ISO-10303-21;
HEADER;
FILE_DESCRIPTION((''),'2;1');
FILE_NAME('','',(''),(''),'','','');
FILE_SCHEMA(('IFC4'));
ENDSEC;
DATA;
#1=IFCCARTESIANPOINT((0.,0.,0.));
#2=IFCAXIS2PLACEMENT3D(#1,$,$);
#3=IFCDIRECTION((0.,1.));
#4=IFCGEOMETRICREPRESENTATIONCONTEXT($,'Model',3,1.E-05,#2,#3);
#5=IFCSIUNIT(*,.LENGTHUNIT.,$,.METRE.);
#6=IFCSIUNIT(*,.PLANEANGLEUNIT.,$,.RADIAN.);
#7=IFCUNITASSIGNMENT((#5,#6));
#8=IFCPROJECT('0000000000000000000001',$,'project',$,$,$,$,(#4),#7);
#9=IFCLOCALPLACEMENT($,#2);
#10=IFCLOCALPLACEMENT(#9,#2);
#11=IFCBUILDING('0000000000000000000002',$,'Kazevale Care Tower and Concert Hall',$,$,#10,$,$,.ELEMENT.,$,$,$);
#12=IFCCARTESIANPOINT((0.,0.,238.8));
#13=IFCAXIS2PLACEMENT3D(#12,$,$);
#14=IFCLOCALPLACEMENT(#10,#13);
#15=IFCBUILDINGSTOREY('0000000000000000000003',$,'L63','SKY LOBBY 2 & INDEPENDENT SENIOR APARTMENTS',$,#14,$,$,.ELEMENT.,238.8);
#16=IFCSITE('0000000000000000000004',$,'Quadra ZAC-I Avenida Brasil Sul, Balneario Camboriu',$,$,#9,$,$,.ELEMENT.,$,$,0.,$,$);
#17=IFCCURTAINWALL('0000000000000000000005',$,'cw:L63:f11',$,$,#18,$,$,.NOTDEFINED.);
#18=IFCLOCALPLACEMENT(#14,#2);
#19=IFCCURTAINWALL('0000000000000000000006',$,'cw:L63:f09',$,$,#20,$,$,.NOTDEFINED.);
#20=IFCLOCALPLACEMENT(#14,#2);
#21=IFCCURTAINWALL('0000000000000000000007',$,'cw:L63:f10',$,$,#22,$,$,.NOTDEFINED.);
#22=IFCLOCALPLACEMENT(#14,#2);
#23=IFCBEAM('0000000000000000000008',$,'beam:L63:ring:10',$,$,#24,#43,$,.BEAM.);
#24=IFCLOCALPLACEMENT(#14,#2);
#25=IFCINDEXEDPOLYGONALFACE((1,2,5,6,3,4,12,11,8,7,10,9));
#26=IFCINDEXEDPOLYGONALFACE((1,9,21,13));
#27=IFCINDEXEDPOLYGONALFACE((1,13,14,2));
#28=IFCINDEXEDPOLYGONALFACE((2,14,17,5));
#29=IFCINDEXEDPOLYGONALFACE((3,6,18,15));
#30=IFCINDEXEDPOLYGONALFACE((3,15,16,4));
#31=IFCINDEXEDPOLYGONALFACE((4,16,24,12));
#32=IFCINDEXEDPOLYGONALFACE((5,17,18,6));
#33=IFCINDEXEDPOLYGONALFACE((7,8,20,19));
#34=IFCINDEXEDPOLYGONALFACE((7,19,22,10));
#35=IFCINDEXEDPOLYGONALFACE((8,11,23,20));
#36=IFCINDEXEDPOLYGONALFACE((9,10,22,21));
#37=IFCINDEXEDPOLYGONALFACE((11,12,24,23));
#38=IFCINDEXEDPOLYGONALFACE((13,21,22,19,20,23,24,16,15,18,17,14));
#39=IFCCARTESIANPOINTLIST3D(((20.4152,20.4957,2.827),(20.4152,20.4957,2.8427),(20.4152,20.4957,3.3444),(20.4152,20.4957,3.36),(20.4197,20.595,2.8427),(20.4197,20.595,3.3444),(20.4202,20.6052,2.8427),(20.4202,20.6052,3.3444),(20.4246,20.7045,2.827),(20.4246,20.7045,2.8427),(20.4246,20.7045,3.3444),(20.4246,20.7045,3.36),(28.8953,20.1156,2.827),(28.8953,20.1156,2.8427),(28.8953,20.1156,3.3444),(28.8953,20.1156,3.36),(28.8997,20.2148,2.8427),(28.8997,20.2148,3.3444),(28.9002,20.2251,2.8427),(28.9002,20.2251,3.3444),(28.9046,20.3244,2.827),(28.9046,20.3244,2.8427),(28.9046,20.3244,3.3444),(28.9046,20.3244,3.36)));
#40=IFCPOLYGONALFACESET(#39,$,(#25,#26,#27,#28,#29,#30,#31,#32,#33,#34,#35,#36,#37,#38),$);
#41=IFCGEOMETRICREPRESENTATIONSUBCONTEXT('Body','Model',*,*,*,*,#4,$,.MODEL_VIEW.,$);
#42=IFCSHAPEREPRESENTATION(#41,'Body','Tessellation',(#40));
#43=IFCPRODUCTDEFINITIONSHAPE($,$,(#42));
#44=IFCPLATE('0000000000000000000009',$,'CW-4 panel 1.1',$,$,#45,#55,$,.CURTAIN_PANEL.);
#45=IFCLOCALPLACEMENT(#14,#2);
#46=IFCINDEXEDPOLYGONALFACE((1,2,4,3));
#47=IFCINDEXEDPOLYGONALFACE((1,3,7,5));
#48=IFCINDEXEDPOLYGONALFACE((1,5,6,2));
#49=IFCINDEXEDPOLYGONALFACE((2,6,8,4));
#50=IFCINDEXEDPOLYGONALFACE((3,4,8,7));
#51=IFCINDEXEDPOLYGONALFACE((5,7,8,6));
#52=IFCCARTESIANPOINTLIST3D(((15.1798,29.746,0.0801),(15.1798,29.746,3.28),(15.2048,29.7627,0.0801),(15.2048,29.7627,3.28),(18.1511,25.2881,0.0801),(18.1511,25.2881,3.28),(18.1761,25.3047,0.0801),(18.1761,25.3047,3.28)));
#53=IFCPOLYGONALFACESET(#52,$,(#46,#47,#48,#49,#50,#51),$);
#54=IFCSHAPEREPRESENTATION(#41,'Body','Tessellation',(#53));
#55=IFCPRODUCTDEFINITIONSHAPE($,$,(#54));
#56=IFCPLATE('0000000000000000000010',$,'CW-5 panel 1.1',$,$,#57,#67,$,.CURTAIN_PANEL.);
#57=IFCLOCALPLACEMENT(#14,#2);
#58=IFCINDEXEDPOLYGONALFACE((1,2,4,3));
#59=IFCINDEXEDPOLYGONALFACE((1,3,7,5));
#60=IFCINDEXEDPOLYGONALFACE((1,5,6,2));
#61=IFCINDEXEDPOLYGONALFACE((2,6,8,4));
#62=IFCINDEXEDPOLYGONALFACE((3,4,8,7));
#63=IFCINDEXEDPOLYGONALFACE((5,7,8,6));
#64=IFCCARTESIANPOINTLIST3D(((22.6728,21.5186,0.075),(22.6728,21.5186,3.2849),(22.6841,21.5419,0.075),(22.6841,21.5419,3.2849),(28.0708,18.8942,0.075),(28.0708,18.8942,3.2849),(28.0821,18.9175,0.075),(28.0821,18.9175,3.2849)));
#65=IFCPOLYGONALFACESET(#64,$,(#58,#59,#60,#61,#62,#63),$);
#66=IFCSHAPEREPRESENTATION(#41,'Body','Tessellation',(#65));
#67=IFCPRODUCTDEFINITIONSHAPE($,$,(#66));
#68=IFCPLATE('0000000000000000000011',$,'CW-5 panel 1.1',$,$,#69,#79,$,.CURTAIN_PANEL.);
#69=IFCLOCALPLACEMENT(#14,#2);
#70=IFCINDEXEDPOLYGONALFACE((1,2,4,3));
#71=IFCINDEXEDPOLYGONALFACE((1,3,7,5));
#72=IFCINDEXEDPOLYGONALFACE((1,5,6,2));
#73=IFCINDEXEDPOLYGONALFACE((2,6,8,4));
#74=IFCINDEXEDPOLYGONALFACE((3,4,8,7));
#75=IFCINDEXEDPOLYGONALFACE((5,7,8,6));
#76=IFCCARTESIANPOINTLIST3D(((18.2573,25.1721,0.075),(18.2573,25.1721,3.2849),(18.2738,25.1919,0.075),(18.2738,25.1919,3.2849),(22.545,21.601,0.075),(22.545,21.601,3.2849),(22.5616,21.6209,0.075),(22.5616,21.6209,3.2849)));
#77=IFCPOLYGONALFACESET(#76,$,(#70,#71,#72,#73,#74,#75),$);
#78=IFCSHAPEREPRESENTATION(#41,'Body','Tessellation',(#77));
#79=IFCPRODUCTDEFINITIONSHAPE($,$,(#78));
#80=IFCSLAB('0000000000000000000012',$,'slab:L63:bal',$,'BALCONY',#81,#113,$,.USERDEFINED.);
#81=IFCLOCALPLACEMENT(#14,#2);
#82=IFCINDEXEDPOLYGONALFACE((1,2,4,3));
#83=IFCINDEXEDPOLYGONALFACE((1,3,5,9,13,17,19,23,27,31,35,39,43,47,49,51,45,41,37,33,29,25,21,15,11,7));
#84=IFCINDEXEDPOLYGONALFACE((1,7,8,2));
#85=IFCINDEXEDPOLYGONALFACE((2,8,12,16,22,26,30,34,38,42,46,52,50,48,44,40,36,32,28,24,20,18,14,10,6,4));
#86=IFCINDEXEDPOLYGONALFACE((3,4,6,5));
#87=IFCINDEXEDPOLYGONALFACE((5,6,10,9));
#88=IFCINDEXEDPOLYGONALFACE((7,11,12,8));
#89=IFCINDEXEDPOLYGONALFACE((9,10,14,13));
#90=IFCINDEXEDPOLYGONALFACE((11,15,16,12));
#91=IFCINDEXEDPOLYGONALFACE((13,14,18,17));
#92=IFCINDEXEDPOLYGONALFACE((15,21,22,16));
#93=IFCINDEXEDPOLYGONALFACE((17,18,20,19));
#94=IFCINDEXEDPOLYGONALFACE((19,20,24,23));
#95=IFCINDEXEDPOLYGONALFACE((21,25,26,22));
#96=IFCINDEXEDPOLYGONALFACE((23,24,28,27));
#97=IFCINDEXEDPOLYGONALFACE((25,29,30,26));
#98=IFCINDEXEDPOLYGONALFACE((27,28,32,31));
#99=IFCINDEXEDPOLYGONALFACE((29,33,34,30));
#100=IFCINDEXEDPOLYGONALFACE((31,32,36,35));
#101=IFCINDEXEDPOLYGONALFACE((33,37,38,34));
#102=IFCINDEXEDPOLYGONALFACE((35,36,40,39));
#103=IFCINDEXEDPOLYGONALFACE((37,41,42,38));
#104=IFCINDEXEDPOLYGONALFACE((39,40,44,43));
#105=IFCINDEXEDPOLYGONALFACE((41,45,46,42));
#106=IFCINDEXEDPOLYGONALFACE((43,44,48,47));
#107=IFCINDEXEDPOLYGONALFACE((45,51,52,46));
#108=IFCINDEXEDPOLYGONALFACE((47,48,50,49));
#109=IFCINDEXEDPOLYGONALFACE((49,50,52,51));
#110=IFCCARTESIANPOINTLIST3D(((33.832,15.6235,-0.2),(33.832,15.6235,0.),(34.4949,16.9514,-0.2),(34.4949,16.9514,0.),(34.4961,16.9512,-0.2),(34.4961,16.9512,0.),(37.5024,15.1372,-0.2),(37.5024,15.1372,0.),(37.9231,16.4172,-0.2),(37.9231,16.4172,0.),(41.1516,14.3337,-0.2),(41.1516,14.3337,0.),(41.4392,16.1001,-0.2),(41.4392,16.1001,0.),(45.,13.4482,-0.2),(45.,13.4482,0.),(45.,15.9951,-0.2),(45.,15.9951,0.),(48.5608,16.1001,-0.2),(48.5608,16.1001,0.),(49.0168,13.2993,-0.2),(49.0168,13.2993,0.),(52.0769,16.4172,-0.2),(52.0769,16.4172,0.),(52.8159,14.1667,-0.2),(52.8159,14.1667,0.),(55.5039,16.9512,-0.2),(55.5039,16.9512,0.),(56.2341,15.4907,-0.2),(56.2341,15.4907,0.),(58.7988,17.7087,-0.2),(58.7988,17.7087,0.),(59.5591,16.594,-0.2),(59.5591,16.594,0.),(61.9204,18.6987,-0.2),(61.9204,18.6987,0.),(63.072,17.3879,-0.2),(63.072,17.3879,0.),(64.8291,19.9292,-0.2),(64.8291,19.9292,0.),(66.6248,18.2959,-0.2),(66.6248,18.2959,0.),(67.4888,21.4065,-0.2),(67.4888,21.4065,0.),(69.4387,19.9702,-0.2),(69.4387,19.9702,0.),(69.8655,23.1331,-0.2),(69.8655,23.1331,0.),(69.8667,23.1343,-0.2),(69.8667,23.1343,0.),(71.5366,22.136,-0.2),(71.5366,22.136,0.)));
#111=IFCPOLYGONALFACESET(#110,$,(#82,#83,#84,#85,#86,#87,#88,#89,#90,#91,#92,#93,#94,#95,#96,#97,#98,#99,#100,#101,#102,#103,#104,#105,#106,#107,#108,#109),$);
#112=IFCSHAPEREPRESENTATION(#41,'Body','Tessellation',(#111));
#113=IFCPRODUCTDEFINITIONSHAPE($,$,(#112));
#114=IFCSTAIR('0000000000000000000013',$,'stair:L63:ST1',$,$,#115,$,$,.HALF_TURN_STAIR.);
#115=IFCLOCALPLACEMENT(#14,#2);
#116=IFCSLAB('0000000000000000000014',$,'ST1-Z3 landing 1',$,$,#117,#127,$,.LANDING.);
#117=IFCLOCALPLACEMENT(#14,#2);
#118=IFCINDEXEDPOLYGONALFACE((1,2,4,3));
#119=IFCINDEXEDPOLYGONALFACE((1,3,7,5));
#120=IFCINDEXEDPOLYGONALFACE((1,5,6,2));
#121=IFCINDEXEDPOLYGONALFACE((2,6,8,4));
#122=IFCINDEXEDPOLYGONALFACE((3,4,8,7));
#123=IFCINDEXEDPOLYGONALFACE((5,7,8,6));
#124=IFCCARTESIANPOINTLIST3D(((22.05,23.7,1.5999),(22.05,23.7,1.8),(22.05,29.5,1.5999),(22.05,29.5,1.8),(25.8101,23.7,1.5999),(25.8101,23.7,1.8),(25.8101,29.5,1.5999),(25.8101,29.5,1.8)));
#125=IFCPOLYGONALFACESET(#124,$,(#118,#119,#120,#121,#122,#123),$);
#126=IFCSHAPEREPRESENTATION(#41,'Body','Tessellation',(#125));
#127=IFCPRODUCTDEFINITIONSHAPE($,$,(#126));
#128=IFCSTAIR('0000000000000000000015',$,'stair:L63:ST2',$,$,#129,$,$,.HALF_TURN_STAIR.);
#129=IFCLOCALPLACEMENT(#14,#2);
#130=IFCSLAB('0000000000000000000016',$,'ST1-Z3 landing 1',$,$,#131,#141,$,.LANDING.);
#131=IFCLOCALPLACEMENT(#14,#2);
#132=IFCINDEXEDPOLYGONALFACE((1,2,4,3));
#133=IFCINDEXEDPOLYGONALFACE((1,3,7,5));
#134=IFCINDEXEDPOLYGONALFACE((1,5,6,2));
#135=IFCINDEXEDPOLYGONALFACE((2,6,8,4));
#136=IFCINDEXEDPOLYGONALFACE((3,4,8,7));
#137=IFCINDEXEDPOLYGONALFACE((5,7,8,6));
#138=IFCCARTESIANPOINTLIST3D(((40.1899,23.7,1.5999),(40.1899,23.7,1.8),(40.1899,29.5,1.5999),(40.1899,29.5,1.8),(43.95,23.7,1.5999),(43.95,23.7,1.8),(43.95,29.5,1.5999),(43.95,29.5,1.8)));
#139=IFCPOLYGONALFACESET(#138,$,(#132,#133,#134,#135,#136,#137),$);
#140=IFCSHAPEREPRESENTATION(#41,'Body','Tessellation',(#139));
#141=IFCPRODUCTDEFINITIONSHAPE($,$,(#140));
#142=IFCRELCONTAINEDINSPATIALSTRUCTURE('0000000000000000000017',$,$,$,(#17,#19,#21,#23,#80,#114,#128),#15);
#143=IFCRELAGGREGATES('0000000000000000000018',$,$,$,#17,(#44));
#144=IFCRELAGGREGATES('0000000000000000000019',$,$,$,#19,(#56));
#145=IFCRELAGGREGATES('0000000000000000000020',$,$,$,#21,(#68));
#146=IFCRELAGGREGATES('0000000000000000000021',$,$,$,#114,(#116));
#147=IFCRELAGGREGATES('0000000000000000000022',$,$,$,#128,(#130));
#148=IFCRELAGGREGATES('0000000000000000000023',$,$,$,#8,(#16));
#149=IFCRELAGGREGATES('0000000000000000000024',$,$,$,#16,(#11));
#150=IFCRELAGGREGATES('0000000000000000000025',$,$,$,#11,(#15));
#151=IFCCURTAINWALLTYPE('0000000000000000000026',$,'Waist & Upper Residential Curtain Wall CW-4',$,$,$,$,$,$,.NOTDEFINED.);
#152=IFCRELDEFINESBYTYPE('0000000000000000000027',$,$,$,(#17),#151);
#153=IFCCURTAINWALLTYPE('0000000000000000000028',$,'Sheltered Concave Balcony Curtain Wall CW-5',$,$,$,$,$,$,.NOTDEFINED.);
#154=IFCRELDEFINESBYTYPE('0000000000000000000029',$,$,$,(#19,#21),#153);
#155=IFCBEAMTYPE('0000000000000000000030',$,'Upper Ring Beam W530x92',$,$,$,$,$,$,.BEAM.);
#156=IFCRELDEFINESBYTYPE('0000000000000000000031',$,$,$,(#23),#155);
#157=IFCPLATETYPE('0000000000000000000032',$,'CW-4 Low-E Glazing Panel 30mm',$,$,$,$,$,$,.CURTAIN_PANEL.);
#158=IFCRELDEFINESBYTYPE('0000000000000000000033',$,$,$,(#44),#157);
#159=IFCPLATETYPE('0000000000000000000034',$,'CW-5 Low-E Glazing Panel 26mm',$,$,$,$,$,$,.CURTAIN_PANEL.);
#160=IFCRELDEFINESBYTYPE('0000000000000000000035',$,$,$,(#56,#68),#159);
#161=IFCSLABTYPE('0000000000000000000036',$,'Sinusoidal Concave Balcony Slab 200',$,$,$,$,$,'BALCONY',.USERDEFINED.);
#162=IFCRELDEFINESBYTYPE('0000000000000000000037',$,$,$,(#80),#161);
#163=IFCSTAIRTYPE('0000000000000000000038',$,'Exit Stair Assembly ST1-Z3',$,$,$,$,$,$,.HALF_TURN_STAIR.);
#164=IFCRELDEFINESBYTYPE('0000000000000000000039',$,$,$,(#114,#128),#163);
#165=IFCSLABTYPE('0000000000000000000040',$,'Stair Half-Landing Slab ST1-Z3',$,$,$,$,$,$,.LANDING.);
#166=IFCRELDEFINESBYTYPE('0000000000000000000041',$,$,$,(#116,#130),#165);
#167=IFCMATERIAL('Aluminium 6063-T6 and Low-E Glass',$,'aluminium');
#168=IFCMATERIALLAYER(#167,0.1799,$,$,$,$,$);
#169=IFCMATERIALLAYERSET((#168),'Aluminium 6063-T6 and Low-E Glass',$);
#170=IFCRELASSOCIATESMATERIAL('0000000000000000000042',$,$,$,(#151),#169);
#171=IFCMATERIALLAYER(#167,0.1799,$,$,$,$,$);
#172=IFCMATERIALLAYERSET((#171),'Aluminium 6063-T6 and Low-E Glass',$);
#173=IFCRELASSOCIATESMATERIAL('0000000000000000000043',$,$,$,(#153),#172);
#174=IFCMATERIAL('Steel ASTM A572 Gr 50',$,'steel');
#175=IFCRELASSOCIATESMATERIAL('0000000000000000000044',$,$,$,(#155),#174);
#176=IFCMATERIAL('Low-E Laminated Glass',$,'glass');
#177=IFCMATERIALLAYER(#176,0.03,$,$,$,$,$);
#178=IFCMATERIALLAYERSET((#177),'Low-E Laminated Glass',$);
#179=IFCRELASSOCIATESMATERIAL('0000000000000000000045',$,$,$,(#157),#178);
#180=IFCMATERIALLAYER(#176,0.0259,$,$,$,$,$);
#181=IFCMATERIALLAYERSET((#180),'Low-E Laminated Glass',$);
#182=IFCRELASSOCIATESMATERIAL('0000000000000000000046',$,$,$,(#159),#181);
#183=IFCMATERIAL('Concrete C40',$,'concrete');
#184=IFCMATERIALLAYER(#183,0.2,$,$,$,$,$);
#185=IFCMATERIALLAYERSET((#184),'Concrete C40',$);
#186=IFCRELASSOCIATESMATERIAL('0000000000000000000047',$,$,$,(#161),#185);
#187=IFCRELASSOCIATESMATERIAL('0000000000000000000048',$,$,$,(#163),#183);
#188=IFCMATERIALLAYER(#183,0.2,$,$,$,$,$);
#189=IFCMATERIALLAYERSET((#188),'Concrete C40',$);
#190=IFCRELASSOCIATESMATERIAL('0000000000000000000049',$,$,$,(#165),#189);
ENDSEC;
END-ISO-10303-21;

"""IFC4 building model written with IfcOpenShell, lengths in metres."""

from ifc_helpers import new_model, si_unit, direction, frame, origin, origin_2d, place, context, subcontext, project, spatial, polyline, rectangle, i_section, outline, extrude, material, layer, layer_set, material_profile, profile_set, type_object, element, aggregate, save


model = new_model("IFC4")

# Units and contexts
model_context = context("Model", 3, precision=1e-05, world=origin(), true_north=direction((0.0, 1.0)))
body_context = subcontext(model_context, "Body", "Model", "MODEL_VIEW")
ifc_project = project(units=[si_unit("LENGTHUNIT", "METRE"), si_unit("PLANEANGLEUNIT", "RADIAN")], contexts=[model_context])

# Site, building, storey
site_placement = place(None, origin())
site = spatial("IfcSite", under=ifc_project, at=site_placement, Name="Quadra ZAC-I Avenida Brasil Sul, Balneario Camboriu", CompositionType="ELEMENT", RefElevation=0.0)
building_placement = place(site_placement, origin())
building = spatial("IfcBuilding", under=site, at=building_placement, Name="Kazevale Care Tower and Concert Hall", CompositionType="ELEMENT")
storey_placement = place(building_placement, frame((0.0, 0.0, 238.8)))
storey = spatial("IfcBuildingStorey", under=building, at=storey_placement, Name="L63", Description="SKY LOBBY 2 & INDEPENDENT SENIOR APARTMENTS", CompositionType="ELEMENT", Elevation=238.8)

# Curtain wall
ifc_material_1 = material(Name="Aluminium 6063-T6 and Low-E Glass", Category="aluminium")
ifc_layer_1 = layer(ifc_material_1, 0.1799)
ifc_layer_set_1 = layer_set([ifc_layer_1], Name="Aluminium 6063-T6 and Low-E Glass")
curtain_wall_type_1 = type_object("IfcCurtainWallType", Name="Waist & Upper Residential Curtain Wall CW-4", PredefinedType="NOTDEFINED", material=ifc_layer_set_1)
curtain_wall_1_placement = place(storey_placement, origin())
curtain_wall_1 = element("IfcCurtainWall", 1, at=curtain_wall_1_placement, inside=storey, type_object=curtain_wall_type_1, Name="cw:L63:f11", PredefinedType="NOTDEFINED")

# Curtain wall
ifc_layer_2 = layer(ifc_material_1, 0.1799)
ifc_layer_set_2 = layer_set([ifc_layer_2], Name="Aluminium 6063-T6 and Low-E Glass")
curtain_wall_type_2 = type_object("IfcCurtainWallType", Name="Sheltered Concave Balcony Curtain Wall CW-5", PredefinedType="NOTDEFINED", material=ifc_layer_set_2)
curtain_wall_2_placement = place(storey_placement, origin())
curtain_wall_2 = element("IfcCurtainWall", 2, at=curtain_wall_2_placement, inside=storey, type_object=curtain_wall_type_2, Name="cw:L63:f09", PredefinedType="NOTDEFINED")

# Curtain wall
curtain_wall_3_placement = place(storey_placement, origin())
curtain_wall_3 = element("IfcCurtainWall", 3, at=curtain_wall_3_placement, inside=storey, type_object=curtain_wall_type_2, Name="cw:L63:f10", PredefinedType="NOTDEFINED")

# Beam
ifc_material_2 = material(Name="Steel ASTM A572 Gr 50", Category="steel")
ifc_material_profile_1 = material_profile(ifc_material_2, i_section(OverallWidth=0.209, OverallDepth=0.533, WebThickness=0.0103, FlangeThickness=0.0156, at=origin_2d()), Name="W530x92")
ifc_profile_set_1 = profile_set([ifc_material_profile_1], Name="Steel ASTM A572 Gr 50")
beam_type_1 = type_object("IfcBeamType", Name="Upper Ring Beam W530x92", PredefinedType="BEAM", material=ifc_profile_set_1)
beam_1_placement = place(storey_placement, frame((20.4199, 20.6001, 3.0935), z_axis=(0.998997, -0.044781, 0.0), x_axis=(0.044781, 0.998997, 0.0)))
element("IfcBeam", 4, at=beam_1_placement, inside=storey, type_object=beam_type_1, Name="beam:L63:ring:10", PredefinedType="BEAM", context=body_context, shape_type="SweptSolid", body=[
    extrude(i_section(OverallWidth=0.209, OverallDepth=0.533, WebThickness=0.0103, FlangeThickness=0.0156, at=origin_2d()), origin(), (0.0, 0.0, 1.0), 8.4885),
])

# Plates
ifc_material_3 = material(Name="Low-E Laminated Glass", Category="glass")
ifc_layer_3 = layer(ifc_material_3, 0.03)
ifc_layer_set_3 = layer_set([ifc_layer_3], Name="Low-E Laminated Glass")
plate_type_1 = type_object("IfcPlateType", Name="CW-4 Low-E Glazing Panel 30mm", PredefinedType="CURTAIN_PANEL", material=ifc_layer_set_3)
plate_1_placement = place(storey_placement, frame((16.678, 27.5254, 0.0801), z_axis=(0.0, 0.0, 1.0), x_axis=(-0.554617, 0.832106, 0.0)))
plate_1 = element("IfcPlate", 5, at=plate_1_placement, type_object=plate_type_1, Name="CW-4 panel 1.1", PredefinedType="CURTAIN_PANEL", context=body_context, shape_type="SweptSolid", body=[
    extrude(rectangle(XDim=5.3574, YDim=0.03, at=origin_2d()), origin(), (0.0, 0.0, 1.0), 3.2),
])
aggregate(curtain_wall_1, [plate_1])
ifc_layer_4 = layer(ifc_material_3, 0.0259)
ifc_layer_set_4 = layer_set([ifc_layer_4], Name="Low-E Laminated Glass")
plate_type_2 = type_object("IfcPlateType", Name="CW-5 Low-E Glazing Panel 26mm", PredefinedType="CURTAIN_PANEL", material=ifc_layer_set_4)
plate_2_placement = place(storey_placement, frame((25.3774, 20.218, 0.075), z_axis=(0.0, 0.0, 1.0), x_axis=(-0.899346, 0.437238, 0.0)))
plate_2 = element("IfcPlate", 6, at=plate_2_placement, type_object=plate_type_2, Name="CW-5 panel 1.1", PredefinedType="CURTAIN_PANEL", context=body_context, shape_type="SweptSolid", body=[
    extrude(rectangle(XDim=6.0022, YDim=0.0259, at=origin_2d()), origin(), (0.0, 0.0, 1.0), 3.21),
])
aggregate(curtain_wall_2, [plate_2])
plate_3_placement = place(storey_placement, frame((20.4094, 23.3965, 0.075), z_axis=(0.0, 0.0, 1.0), x_axis=(-0.768407, 0.639961, 0.0)))
plate_3 = element("IfcPlate", 7, at=plate_3_placement, type_object=plate_type_2, Name="CW-5 panel 1.1", PredefinedType="CURTAIN_PANEL", context=body_context, shape_type="SweptSolid", body=[
    extrude(rectangle(XDim=5.5801, YDim=0.0259, at=origin_2d()), origin(), (0.0, 0.0, 1.0), 3.21),
])
aggregate(curtain_wall_3, [plate_3])

# Slab
ifc_material_4 = material(Name="Concrete C40", Category="concrete")
ifc_layer_5 = layer(ifc_material_4, 0.2)
ifc_layer_set_5 = layer_set([ifc_layer_5], Name="Concrete C40")
slab_type_1 = type_object("IfcSlabType", Name="Sinusoidal Concave Balcony Slab 200", ElementType="BALCONY", PredefinedType="USERDEFINED", material=ifc_layer_set_5)
slab_1_placement = place(storey_placement, frame((0.0, 0.0, -0.2)))
element("IfcSlab", 8, at=slab_1_placement, inside=storey, type_object=slab_type_1, Name="slab:L63:bal", ObjectType="BALCONY", PredefinedType="USERDEFINED", context=body_context, shape_type="SweptSolid", body=[
    extrude(outline(polyline([(71.5366, 22.136), (69.4387, 19.9702), (66.6248, 18.2959), (63.072, 17.3879), (59.5591, 16.594), (56.2341, 15.4907), (52.8159, 14.1667), (49.0168, 13.2993), (45.0, 13.4482), (41.1516, 14.3337), (37.5024, 15.1372), (33.832, 15.6235), (34.4949, 16.9514), (34.4961, 16.9512), (37.9231, 16.4172), (41.4392, 16.1001), (45.0, 15.9951), (48.5608, 16.1001), (52.0769, 16.4172), (55.5039, 16.9512), (58.7988, 17.7087), (61.9204, 18.6987), (64.8291, 19.9292), (67.4888, 21.4065), (69.8655, 23.1331), (69.8667, 23.1343), (71.5366, 22.136)])), origin(), (0.0, 0.0, 1.0), 0.2),
])

# Stairs, slabs
stair_type = type_object("IfcStairType", Name="Exit Stair Assembly ST1-Z3", PredefinedType="HALF_TURN_STAIR", material=ifc_material_4)
stair_1_placement = place(storey_placement, origin())
stair_1 = element("IfcStair", 9, at=stair_1_placement, inside=storey, type_object=stair_type, Name="stair:L63:ST1", PredefinedType="HALF_TURN_STAIR")
ifc_layer_6 = layer(ifc_material_4, 0.2)
ifc_layer_set_6 = layer_set([ifc_layer_6], Name="Concrete C40")
slab_type_2 = type_object("IfcSlabType", Name="Stair Half-Landing Slab ST1-Z3", PredefinedType="LANDING", material=ifc_layer_set_6)
slab_2_placement = place(storey_placement, frame((0.0, 0.0, 1.5999)))
slab_2 = element("IfcSlab", 10, at=slab_2_placement, type_object=slab_type_2, Name="ST1-Z3 landing 1", PredefinedType="LANDING", context=body_context, shape_type="SweptSolid", body=[
    extrude(outline(polyline([(22.05, 23.7), (25.8101, 23.7), (25.8101, 29.5), (22.05, 29.5), (22.05, 23.7)])), origin(), (0.0, 0.0, 1.0), 0.2002),
])
aggregate(stair_1, [slab_2])
stair_2_placement = place(storey_placement, origin())
stair_2 = element("IfcStair", 11, at=stair_2_placement, inside=storey, type_object=stair_type, Name="stair:L63:ST2", PredefinedType="HALF_TURN_STAIR")
slab_3_placement = place(storey_placement, frame((0.0, 0.0, 1.5999)))
slab_3 = element("IfcSlab", 12, at=slab_3_placement, type_object=slab_type_2, Name="ST1-Z3 landing 1", PredefinedType="LANDING", context=body_context, shape_type="SweptSolid", body=[
    extrude(outline(polyline([(40.1899, 23.7), (43.95, 23.7), (43.95, 29.5), (40.1899, 29.5), (40.1899, 23.7)])), origin(), (0.0, 0.0, 1.0), 0.2002),
])
aggregate(stair_2, [slab_3])

save(model, "model.ifc")
